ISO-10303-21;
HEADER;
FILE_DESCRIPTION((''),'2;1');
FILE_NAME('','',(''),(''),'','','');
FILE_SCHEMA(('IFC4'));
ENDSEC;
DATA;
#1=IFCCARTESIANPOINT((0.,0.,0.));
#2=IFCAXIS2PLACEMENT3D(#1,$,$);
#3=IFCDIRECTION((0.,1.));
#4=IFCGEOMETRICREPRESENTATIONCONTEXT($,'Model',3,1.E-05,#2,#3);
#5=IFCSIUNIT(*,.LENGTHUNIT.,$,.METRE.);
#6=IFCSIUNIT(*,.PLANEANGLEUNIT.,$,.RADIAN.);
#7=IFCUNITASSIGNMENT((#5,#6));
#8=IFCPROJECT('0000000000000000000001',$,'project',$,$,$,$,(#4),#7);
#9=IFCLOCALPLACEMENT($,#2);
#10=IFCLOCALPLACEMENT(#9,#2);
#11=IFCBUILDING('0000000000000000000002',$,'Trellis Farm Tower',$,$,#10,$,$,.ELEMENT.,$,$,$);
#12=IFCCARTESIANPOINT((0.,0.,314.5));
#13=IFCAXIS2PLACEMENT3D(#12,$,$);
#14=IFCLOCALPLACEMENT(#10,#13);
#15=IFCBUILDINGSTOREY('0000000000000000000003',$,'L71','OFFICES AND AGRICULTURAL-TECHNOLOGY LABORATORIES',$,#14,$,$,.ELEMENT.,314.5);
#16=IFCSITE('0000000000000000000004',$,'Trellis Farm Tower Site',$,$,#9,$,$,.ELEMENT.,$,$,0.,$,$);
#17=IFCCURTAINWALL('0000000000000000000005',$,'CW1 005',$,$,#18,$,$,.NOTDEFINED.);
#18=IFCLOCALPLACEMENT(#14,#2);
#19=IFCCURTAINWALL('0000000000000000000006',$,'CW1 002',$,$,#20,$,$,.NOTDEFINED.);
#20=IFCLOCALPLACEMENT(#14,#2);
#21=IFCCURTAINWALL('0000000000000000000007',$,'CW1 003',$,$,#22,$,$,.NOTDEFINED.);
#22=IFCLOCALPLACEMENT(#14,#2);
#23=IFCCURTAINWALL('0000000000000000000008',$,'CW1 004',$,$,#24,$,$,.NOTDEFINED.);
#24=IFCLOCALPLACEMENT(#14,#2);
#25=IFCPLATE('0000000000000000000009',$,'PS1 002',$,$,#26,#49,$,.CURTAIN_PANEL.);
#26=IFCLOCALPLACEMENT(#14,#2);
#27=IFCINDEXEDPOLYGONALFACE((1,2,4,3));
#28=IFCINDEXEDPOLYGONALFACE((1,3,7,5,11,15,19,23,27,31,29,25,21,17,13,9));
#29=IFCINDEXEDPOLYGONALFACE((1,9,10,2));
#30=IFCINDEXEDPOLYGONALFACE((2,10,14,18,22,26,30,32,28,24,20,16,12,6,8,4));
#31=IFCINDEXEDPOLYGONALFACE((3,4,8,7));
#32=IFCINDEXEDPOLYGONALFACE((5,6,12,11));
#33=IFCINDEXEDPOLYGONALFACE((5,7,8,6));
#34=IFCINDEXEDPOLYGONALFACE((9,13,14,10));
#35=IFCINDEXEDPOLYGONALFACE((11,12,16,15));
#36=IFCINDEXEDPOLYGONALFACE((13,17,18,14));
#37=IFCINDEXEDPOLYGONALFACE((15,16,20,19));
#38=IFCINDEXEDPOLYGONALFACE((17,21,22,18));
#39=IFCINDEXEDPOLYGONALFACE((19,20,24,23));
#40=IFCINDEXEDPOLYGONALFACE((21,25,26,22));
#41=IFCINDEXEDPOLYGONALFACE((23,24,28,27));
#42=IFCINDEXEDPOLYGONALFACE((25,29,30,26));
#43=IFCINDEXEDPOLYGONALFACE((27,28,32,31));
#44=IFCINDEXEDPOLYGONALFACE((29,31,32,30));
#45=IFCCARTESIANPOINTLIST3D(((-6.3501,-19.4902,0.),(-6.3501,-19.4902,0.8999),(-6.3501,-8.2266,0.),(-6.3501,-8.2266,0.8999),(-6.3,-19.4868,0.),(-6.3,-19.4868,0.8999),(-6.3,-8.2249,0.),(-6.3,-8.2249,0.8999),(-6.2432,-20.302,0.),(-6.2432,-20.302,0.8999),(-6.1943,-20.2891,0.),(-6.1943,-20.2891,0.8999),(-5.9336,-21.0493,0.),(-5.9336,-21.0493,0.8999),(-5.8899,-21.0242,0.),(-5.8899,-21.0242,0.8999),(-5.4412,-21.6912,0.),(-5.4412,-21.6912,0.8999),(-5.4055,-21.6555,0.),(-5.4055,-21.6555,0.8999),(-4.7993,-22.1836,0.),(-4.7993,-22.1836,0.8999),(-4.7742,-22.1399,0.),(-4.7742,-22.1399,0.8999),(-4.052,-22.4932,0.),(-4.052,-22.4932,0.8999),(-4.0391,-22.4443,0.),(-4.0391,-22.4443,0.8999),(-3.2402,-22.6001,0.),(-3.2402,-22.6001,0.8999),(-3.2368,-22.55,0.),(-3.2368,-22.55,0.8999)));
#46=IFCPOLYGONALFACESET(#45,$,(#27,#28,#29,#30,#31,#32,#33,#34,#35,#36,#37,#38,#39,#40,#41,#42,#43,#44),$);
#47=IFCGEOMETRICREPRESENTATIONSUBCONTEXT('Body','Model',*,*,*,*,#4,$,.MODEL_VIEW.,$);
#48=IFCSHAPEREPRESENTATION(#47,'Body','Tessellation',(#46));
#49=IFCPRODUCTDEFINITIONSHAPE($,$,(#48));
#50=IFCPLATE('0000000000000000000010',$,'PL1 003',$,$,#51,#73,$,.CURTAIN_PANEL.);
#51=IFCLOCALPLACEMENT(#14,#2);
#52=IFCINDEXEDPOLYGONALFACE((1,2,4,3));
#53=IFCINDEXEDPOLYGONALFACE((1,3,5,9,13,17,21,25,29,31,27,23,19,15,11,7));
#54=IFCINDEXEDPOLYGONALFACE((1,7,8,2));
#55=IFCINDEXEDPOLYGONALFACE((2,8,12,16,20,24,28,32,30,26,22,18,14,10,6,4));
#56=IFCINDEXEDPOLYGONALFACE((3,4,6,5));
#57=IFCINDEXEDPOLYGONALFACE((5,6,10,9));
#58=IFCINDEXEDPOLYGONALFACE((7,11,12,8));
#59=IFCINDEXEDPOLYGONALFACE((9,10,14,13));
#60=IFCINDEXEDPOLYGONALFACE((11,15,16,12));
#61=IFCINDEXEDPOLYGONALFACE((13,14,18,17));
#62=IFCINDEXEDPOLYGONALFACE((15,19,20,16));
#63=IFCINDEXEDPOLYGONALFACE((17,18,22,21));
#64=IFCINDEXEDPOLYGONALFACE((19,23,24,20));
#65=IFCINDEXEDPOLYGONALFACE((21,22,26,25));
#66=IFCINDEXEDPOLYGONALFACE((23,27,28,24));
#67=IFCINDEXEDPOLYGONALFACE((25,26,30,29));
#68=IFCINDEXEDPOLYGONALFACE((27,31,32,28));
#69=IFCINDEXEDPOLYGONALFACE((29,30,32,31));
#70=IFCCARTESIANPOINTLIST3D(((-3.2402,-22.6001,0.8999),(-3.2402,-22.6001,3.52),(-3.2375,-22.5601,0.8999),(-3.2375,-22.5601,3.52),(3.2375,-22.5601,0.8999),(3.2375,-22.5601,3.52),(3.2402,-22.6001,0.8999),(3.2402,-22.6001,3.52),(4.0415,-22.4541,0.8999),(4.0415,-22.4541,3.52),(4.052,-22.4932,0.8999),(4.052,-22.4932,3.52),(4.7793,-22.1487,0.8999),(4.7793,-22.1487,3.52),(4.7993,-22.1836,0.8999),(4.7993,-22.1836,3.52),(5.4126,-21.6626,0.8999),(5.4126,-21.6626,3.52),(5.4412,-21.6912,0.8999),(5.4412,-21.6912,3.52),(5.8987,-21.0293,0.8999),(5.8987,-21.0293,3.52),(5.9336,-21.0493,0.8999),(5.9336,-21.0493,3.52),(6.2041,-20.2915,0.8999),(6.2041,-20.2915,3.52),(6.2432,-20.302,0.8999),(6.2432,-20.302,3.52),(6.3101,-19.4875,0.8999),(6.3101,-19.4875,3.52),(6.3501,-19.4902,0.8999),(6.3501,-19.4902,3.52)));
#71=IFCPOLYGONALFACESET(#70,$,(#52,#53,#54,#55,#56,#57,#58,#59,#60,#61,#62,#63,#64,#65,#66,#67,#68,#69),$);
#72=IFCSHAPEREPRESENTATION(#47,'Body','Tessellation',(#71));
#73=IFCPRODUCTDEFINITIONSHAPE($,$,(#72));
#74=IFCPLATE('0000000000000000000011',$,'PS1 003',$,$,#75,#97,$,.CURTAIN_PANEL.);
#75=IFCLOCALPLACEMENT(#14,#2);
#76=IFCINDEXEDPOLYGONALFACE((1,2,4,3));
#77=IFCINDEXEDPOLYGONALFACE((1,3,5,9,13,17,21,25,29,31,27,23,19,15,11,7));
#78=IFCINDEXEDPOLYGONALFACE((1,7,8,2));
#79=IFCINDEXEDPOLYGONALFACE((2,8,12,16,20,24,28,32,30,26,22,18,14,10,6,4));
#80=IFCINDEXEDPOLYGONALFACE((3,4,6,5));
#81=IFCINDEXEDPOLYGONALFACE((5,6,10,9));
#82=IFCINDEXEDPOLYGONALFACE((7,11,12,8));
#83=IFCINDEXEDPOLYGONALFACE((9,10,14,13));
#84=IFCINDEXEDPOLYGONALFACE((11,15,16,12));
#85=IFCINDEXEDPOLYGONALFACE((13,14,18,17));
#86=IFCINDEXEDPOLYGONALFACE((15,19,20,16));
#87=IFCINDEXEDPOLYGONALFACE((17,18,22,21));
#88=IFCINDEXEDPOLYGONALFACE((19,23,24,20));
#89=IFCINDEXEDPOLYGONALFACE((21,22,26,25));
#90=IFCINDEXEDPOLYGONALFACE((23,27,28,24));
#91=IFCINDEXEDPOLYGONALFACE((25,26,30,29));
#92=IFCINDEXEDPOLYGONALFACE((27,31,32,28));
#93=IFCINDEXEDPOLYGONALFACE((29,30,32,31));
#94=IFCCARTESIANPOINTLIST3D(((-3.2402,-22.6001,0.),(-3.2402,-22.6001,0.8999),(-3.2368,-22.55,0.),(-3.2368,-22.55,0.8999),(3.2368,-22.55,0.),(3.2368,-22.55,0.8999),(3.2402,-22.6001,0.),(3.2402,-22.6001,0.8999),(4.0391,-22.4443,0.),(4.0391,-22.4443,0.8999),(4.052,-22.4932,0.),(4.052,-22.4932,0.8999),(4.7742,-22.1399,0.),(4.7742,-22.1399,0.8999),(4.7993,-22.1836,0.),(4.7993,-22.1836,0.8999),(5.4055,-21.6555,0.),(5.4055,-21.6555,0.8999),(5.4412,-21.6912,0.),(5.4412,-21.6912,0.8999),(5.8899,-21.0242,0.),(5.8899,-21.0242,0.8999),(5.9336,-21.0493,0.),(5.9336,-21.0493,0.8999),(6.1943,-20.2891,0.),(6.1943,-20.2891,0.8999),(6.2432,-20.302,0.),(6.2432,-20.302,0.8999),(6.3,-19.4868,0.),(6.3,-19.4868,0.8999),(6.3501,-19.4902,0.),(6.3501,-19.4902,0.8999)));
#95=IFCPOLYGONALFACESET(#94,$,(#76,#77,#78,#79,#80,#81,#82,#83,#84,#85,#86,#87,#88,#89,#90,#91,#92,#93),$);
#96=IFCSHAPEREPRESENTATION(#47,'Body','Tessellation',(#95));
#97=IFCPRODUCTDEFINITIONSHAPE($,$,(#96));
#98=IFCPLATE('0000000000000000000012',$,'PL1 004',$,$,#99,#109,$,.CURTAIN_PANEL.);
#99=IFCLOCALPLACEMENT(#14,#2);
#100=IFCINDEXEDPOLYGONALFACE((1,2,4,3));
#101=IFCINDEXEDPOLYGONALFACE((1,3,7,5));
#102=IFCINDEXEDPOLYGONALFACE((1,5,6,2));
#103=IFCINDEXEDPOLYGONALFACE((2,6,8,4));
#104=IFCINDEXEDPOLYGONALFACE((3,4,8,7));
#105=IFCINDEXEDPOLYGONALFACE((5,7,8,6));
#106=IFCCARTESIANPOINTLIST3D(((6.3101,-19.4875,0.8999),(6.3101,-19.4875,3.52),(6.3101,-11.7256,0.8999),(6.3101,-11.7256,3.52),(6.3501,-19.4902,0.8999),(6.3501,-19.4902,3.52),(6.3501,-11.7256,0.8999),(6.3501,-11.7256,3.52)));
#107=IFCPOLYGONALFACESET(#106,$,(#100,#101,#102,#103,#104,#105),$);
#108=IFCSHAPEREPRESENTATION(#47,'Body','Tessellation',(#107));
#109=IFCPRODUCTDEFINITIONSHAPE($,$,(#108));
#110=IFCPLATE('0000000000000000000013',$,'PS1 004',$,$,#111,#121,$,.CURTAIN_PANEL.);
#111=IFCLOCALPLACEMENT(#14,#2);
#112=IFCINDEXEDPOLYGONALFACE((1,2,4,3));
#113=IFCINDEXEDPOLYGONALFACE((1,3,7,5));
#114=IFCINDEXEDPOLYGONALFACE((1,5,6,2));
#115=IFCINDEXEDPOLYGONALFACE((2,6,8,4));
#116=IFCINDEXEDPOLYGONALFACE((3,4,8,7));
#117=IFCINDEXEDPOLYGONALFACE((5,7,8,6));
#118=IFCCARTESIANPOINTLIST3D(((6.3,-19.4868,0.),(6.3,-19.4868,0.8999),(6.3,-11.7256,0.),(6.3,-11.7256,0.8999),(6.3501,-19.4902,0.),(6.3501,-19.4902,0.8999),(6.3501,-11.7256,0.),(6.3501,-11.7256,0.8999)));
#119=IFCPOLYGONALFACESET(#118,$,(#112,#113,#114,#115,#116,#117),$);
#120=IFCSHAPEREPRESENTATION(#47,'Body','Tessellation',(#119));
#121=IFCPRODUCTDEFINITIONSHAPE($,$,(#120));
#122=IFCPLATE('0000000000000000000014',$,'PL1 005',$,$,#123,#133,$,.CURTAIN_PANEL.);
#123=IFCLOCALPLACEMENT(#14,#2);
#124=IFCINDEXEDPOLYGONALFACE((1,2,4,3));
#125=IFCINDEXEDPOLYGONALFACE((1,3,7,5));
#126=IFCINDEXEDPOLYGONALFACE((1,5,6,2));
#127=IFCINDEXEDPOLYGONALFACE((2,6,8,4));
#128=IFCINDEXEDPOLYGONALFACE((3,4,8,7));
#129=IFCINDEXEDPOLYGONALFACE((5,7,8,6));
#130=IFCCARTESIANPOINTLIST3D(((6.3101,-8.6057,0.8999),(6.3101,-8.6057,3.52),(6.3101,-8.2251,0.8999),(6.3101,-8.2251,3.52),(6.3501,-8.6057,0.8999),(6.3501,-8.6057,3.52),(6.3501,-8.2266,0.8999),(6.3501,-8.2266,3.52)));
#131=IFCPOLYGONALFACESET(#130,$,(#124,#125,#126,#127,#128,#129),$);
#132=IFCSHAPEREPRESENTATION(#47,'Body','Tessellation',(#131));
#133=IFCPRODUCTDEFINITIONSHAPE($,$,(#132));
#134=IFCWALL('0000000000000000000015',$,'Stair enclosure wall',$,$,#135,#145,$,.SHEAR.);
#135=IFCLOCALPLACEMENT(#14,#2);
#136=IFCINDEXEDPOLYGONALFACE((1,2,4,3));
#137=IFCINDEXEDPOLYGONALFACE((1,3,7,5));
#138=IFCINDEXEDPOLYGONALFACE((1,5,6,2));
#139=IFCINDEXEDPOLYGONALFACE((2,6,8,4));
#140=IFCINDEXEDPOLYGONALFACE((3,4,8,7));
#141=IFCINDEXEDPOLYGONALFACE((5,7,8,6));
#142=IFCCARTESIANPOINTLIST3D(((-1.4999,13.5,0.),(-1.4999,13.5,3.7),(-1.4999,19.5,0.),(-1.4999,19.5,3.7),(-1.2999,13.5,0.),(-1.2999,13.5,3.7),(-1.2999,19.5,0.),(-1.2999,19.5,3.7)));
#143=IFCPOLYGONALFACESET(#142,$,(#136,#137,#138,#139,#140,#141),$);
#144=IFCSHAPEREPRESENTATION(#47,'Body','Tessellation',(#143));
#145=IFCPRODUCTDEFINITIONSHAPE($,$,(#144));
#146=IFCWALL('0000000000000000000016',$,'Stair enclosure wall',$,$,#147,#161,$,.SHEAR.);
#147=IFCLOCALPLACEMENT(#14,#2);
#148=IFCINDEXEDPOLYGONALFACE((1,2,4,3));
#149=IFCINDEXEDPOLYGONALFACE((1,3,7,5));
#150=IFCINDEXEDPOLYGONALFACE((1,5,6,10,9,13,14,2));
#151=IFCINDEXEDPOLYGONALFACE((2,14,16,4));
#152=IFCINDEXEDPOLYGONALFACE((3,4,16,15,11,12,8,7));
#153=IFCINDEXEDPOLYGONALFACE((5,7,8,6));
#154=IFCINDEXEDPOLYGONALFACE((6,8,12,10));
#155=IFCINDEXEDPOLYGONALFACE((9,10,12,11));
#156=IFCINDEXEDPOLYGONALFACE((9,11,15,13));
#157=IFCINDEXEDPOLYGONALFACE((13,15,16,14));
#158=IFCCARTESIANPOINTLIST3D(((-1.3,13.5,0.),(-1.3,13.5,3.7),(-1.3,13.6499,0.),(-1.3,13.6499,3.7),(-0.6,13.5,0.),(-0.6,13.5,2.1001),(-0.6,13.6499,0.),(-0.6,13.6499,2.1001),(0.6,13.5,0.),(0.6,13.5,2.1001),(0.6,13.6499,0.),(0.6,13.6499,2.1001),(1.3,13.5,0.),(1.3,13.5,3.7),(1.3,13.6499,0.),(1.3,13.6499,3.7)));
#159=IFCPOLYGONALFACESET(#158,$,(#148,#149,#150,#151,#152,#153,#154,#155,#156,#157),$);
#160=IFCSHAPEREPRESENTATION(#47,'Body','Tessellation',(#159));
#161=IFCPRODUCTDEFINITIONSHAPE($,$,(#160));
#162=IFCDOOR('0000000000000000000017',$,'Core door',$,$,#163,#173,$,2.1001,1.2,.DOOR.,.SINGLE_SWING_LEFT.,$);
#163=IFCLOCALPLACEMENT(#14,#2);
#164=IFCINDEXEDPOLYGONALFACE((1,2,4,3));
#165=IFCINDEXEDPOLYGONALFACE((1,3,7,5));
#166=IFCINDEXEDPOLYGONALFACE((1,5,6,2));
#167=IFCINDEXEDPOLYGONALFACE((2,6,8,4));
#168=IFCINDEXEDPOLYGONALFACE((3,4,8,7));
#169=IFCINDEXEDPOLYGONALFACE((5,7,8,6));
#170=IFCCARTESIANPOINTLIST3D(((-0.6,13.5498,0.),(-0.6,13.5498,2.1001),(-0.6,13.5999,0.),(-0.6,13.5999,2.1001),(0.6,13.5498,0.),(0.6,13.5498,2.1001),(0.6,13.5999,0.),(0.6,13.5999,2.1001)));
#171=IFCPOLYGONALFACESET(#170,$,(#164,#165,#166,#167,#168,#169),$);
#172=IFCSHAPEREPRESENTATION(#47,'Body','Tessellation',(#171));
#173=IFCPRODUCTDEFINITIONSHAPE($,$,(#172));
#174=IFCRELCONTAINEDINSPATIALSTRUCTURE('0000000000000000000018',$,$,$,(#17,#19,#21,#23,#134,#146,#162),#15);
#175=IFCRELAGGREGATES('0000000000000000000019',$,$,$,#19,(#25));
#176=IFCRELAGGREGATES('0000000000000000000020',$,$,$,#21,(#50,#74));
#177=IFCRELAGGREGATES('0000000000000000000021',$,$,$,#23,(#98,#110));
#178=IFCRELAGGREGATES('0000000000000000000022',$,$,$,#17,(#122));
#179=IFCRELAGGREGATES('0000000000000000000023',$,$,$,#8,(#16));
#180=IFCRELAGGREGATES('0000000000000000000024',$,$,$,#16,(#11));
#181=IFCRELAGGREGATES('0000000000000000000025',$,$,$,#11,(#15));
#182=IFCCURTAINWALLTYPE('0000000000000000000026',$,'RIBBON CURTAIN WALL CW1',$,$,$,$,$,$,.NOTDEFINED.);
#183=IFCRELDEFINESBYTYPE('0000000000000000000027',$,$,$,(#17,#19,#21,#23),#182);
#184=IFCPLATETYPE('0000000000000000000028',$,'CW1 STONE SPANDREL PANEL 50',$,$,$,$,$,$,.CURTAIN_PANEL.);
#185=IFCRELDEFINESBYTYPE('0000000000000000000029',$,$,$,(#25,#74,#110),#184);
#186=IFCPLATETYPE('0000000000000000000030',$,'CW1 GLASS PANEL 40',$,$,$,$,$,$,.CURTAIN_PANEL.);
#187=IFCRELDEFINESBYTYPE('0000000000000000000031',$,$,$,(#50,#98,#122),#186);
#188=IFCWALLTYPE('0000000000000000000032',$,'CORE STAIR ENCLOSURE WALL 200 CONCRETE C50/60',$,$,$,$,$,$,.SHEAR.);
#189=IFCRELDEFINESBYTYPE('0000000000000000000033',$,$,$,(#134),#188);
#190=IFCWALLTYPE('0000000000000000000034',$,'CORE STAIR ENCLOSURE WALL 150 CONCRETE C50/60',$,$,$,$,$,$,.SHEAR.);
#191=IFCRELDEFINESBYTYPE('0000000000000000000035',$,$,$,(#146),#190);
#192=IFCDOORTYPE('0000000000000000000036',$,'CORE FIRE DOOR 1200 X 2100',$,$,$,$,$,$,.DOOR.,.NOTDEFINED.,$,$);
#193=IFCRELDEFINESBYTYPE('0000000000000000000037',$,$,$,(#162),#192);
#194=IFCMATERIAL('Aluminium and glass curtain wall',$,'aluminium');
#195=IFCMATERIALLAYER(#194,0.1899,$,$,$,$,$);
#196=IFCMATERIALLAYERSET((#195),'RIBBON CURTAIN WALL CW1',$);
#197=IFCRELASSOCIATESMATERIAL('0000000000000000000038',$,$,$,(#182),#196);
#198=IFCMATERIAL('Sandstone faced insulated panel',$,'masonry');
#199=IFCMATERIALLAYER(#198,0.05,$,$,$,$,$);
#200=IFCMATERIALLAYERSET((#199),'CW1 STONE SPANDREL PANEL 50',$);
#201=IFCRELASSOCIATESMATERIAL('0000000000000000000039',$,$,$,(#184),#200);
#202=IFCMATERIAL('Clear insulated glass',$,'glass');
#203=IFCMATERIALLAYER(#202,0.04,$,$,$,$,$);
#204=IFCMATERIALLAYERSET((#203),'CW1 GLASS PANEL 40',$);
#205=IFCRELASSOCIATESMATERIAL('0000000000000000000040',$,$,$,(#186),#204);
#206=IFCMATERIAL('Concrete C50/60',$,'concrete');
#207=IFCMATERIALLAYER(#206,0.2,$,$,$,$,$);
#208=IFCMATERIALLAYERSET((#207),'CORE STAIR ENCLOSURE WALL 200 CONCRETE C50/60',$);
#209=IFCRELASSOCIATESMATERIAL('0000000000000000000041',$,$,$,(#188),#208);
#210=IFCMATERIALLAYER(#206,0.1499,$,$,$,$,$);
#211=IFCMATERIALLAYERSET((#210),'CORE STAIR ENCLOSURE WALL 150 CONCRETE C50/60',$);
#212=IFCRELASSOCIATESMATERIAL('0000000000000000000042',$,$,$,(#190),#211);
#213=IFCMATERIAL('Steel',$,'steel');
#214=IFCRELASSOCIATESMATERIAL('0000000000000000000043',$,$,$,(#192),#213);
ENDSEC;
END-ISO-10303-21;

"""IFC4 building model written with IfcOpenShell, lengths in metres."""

from ifc_helpers import new_model, si_unit, direction, frame, frame_2d, origin, place, context, subcontext, project, spatial, polyline, rectangle, outline, extrude, source, transform, mapped, material, layer, layer_set, type_object, element, fill, aggregate, save


model = new_model("IFC4")

# Units and contexts
model_context = context("Model", 3, precision=1e-05, world=origin(), true_north=direction((0.0, 1.0)))
body_context = subcontext(model_context, "Body", "Model", "MODEL_VIEW")
ifc_project = project(units=[si_unit("LENGTHUNIT", "METRE"), si_unit("PLANEANGLEUNIT", "RADIAN")], contexts=[model_context])

# Site, building, storey
site_placement = place(None, origin())
site = spatial("IfcSite", under=ifc_project, at=site_placement, Name="Trellis Farm Tower Site", CompositionType="ELEMENT", RefElevation=0.0)
building_placement = place(site_placement, origin())
building = spatial("IfcBuilding", under=site, at=building_placement, Name="Trellis Farm Tower", CompositionType="ELEMENT")
storey_placement = place(building_placement, frame((0.0, 0.0, 314.5)))
storey = spatial("IfcBuildingStorey", under=building, at=storey_placement, Name="L71", Description="OFFICES AND AGRICULTURAL-TECHNOLOGY LABORATORIES", CompositionType="ELEMENT", Elevation=314.5)

# Curtain walls
ifc_material_1 = material(Name="Aluminium and glass curtain wall", Category="aluminium")
placement_1 = place(storey_placement, origin())
ifc_layer_1 = layer(ifc_material_1, 0.1899)
ifc_layer_set_1 = layer_set([ifc_layer_1], Name="RIBBON CURTAIN WALL CW1")
curtain_wall_type_1 = type_object("IfcCurtainWallType", Name="RIBBON CURTAIN WALL CW1", PredefinedType="NOTDEFINED", material=ifc_layer_set_1)
curtain_wall_1 = element("IfcCurtainWall", 1, at=placement_1, inside=storey, type_object=curtain_wall_type_1, Name="CW1 005", PredefinedType="NOTDEFINED")
curtain_wall_2 = element("IfcCurtainWall", 2, at=placement_1, inside=storey, type_object=curtain_wall_type_1, Name="CW1 002", PredefinedType="NOTDEFINED")
curtain_wall_3 = element("IfcCurtainWall", 3, at=placement_1, inside=storey, type_object=curtain_wall_type_1, Name="CW1 003", PredefinedType="NOTDEFINED")
curtain_wall_4 = element("IfcCurtainWall", 4, at=placement_1, inside=storey, type_object=curtain_wall_type_1, Name="CW1 004", PredefinedType="NOTDEFINED")

# Plates
ifc_material_2 = material(Name="Sandstone faced insulated panel", Category="masonry")
ifc_layer_2 = layer(ifc_material_2, 0.05)
ifc_layer_set_2 = layer_set([ifc_layer_2], Name="CW1 STONE SPANDREL PANEL 50")
plate_type_1 = type_object("IfcPlateType", Name="CW1 STONE SPANDREL PANEL 50", PredefinedType="CURTAIN_PANEL", material=ifc_layer_set_2)
ifc_material_3 = material(Name="Clear insulated glass", Category="glass")
ifc_layer_3 = layer(ifc_material_3, 0.04)
ifc_layer_set_3 = layer_set([ifc_layer_3], Name="CW1 GLASS PANEL 40")
plate_type_2 = type_object("IfcPlateType", Name="CW1 GLASS PANEL 40", PredefinedType="CURTAIN_PANEL", material=ifc_layer_set_3)
placement_2 = place(storey_placement, frame((0.0, 0.0, 0.8999)))
shared_shape_1 = source(origin(), body_context, "Body", "SweptSolid", [
    extrude(outline(polyline([(-6.3501, -8.2266), (-6.3501, -19.4902), (-6.2432, -20.302), (-5.9336, -21.0493), (-5.4412, -21.6912), (-4.7993, -22.1836), (-4.052, -22.4932), (-3.2402, -22.6001), (-3.2368, -22.55), (-4.0391, -22.4443), (-4.7742, -22.1399), (-5.4055, -21.6555), (-5.8899, -21.0242), (-6.1943, -20.2891), (-6.3, -19.4868), (-6.3, -8.2249), (-6.3501, -8.2266)])), origin(), (0.0, 0.0, 1.0), 0.8999),
])
plate_1 = element("IfcPlate", 5, at=placement_1, type_object=plate_type_1, Name="PS1 002", PredefinedType="CURTAIN_PANEL", context=body_context, shape_type="MappedRepresentation", body=[
    mapped(shared_shape_1, transform((0.0, 0.0, 0.0))),
])
aggregate(curtain_wall_2, [plate_1])
shared_shape_2 = source(origin(), body_context, "Body", "SweptSolid", [
    extrude(outline(polyline([(-3.2402, -22.6001), (3.2402, -22.6001), (4.052, -22.4932), (4.7993, -22.1836), (5.4412, -21.6912), (5.9336, -21.0493), (6.2432, -20.302), (6.3501, -19.4902), (6.3101, -19.4875), (6.2041, -20.2915), (5.8987, -21.0293), (5.4126, -21.6626), (4.7793, -22.1487), (4.0415, -22.4541), (3.2375, -22.5601), (-3.2375, -22.5601), (-3.2402, -22.6001)])), origin(), (0.0, 0.0, 1.0), 2.6201),
])
plate_2 = element("IfcPlate", 6, at=placement_2, type_object=plate_type_2, Name="PL1 003", PredefinedType="CURTAIN_PANEL", context=body_context, shape_type="MappedRepresentation", body=[
    mapped(shared_shape_2, transform((0.0, 0.0, 0.0))),
])
shared_shape_3 = source(origin(), body_context, "Body", "SweptSolid", [
    extrude(outline(polyline([(-3.2402, -22.6001), (3.2402, -22.6001), (4.052, -22.4932), (4.7993, -22.1836), (5.4412, -21.6912), (5.9336, -21.0493), (6.2432, -20.302), (6.3501, -19.4902), (6.3, -19.4868), (6.1943, -20.2891), (5.8899, -21.0242), (5.4055, -21.6555), (4.7742, -22.1399), (4.0391, -22.4443), (3.2368, -22.55), (-3.2368, -22.55), (-3.2402, -22.6001)])), origin(), (0.0, 0.0, 1.0), 0.8999),
])
plate_3 = element("IfcPlate", 7, at=placement_1, type_object=plate_type_1, Name="PS1 003", PredefinedType="CURTAIN_PANEL", context=body_context, shape_type="MappedRepresentation", body=[
    mapped(shared_shape_3, transform((0.0, 0.0, 0.0))),
])
aggregate(curtain_wall_3, [plate_2, plate_3])
shared_shape_4 = source(origin(), body_context, "Body", "SweptSolid", [
    extrude(outline(polyline([(6.3501, -19.4902), (6.3501, -11.7256), (6.3101, -11.7256), (6.3101, -19.4875), (6.3501, -19.4902)])), origin(), (0.0, 0.0, 1.0), 2.6201),
])
plate_4 = element("IfcPlate", 8, at=placement_2, type_object=plate_type_2, Name="PL1 004", PredefinedType="CURTAIN_PANEL", context=body_context, shape_type="MappedRepresentation", body=[
    mapped(shared_shape_4, transform((0.0, 0.0, 0.0))),
])
shared_shape_5 = source(origin(), body_context, "Body", "SweptSolid", [
    extrude(outline(polyline([(6.3501, -19.4902), (6.3501, -11.7256), (6.3, -11.7256), (6.3, -19.4868), (6.3501, -19.4902)])), origin(), (0.0, 0.0, 1.0), 0.8999),
])
plate_5 = element("IfcPlate", 9, at=placement_1, type_object=plate_type_1, Name="PS1 004", PredefinedType="CURTAIN_PANEL", context=body_context, shape_type="MappedRepresentation", body=[
    mapped(shared_shape_5, transform((0.0, 0.0, 0.0))),
])
aggregate(curtain_wall_4, [plate_4, plate_5])
shared_shape_6 = source(origin(), body_context, "Body", "SweptSolid", [
    extrude(outline(polyline([(6.3501, -8.6057), (6.3501, -8.2266), (6.3101, -8.2251), (6.3101, -8.6057), (6.3501, -8.6057)])), origin(), (0.0, 0.0, 1.0), 2.6201),
])
plate_6 = element("IfcPlate", 10, at=placement_2, type_object=plate_type_2, Name="PL1 005", PredefinedType="CURTAIN_PANEL", context=body_context, shape_type="MappedRepresentation", body=[
    mapped(shared_shape_6, transform((0.0, 0.0, 0.0))),
])
aggregate(curtain_wall_1, [plate_6])

# Wall
ifc_material_4 = material(Name="Concrete C50/60", Category="concrete")
ifc_layer_4 = layer(ifc_material_4, 0.2)
ifc_layer_set_4 = layer_set([ifc_layer_4], Name="CORE STAIR ENCLOSURE WALL 200 CONCRETE C50/60")
wall_type_1 = type_object("IfcWallType", Name="CORE STAIR ENCLOSURE WALL 200 CONCRETE C50/60", PredefinedType="SHEAR", material=ifc_layer_set_4)
shared_shape_7 = source(origin(), body_context, "Body", "SweptSolid", [
    extrude(rectangle(XDim=6.0, YDim=0.2, at=frame_2d((3.0, 0.0))), origin(), (0.0, 0.0, 1.0), 3.7),
])
wall_1_placement = place(storey_placement, frame((-1.3999, 13.5, 0.0), z_axis=(0.0, 0.0, 1.0), x_axis=(0.0, 1.0, 0.0)))
element("IfcWall", 11, at=wall_1_placement, inside=storey, type_object=wall_type_1, Name="Stair enclosure wall", PredefinedType="SHEAR", context=body_context, shape_type="MappedRepresentation", body=[
    mapped(shared_shape_7, transform((0.0, 0.0, 0.0))),
])

# Wall, opening, door
ifc_layer_5 = layer(ifc_material_4, 0.1499)
ifc_layer_set_5 = layer_set([ifc_layer_5], Name="CORE STAIR ENCLOSURE WALL 150 CONCRETE C50/60")
wall_type_2 = type_object("IfcWallType", Name="CORE STAIR ENCLOSURE WALL 150 CONCRETE C50/60", PredefinedType="SHEAR", material=ifc_layer_set_5)
shared_shape_8 = source(origin(), body_context, "Body", "SweptSolid", [
    extrude(rectangle(XDim=2.6001, YDim=0.1499, at=frame_2d((1.3, 0.0))), origin(), (0.0, 0.0, 1.0), 3.7),
])
wall_2_placement = place(storey_placement, frame((-1.3, 13.575, 0.0), z_axis=(0.0, 0.0, 1.0), x_axis=(1.0, 0.0, 0.0)))
wall_2 = element("IfcWall", 12, at=wall_2_placement, inside=storey, type_object=wall_type_2, Name="Stair enclosure wall", PredefinedType="SHEAR", context=body_context, shape_type="MappedRepresentation", body=[
    mapped(shared_shape_8, transform((0.0, 0.0, 0.0))),
])
shared_shape_9 = source(origin(), body_context, "Body", "SweptSolid", [
    extrude(rectangle(XDim=1.2, YDim=2.1001, at=frame_2d((0.6001, 1.05))), frame((0.0, 0.085, 0.0), z_axis=(0.0, -1.0, 0.0), x_axis=(1.0, 0.0, 0.0)), (0.0, 0.0, 1.0), 0.1699),
])
opening_1_placement = place(wall_2_placement, frame((0.7, 0.0, 0.0)))
opening_1 = element("IfcOpeningElement", 13, at=opening_1_placement, cuts=wall_2, PredefinedType="OPENING", context=body_context, shape_type="MappedRepresentation", body=[
    mapped(shared_shape_9, transform((0.0, 0.0, 0.0))),
])
ifc_material_5 = material(Name="Steel", Category="steel")
door_type_1 = type_object("IfcDoorType", Name="CORE FIRE DOOR 1200 X 2100", OperationType="NOTDEFINED", PredefinedType="DOOR", material=ifc_material_5)
shared_shape_10 = source(origin(), body_context, "Body", "SweptSolid", [
    extrude(rectangle(XDim=1.2, YDim=2.1001, at=frame_2d((0.6001, 1.05))), frame((0.0, 0.0249, 0.0), z_axis=(0.0, -1.0, 0.0), x_axis=(1.0, 0.0, 0.0)), (0.0, 0.0, 1.0), 0.05),
])
door_1_placement = place(opening_1_placement, origin())
door_1 = element("IfcDoor", 14, at=door_1_placement, inside=storey, type_object=door_type_1, Name="Core door", OperationType="SINGLE_SWING_LEFT", OverallHeight=2.1001, OverallWidth=1.2, PredefinedType="DOOR", context=body_context, shape_type="MappedRepresentation", body=[
    mapped(shared_shape_10, transform((0.0, 0.0, 0.0))),
])
fill(opening_1, door_1)

save(model, "model.ifc")
